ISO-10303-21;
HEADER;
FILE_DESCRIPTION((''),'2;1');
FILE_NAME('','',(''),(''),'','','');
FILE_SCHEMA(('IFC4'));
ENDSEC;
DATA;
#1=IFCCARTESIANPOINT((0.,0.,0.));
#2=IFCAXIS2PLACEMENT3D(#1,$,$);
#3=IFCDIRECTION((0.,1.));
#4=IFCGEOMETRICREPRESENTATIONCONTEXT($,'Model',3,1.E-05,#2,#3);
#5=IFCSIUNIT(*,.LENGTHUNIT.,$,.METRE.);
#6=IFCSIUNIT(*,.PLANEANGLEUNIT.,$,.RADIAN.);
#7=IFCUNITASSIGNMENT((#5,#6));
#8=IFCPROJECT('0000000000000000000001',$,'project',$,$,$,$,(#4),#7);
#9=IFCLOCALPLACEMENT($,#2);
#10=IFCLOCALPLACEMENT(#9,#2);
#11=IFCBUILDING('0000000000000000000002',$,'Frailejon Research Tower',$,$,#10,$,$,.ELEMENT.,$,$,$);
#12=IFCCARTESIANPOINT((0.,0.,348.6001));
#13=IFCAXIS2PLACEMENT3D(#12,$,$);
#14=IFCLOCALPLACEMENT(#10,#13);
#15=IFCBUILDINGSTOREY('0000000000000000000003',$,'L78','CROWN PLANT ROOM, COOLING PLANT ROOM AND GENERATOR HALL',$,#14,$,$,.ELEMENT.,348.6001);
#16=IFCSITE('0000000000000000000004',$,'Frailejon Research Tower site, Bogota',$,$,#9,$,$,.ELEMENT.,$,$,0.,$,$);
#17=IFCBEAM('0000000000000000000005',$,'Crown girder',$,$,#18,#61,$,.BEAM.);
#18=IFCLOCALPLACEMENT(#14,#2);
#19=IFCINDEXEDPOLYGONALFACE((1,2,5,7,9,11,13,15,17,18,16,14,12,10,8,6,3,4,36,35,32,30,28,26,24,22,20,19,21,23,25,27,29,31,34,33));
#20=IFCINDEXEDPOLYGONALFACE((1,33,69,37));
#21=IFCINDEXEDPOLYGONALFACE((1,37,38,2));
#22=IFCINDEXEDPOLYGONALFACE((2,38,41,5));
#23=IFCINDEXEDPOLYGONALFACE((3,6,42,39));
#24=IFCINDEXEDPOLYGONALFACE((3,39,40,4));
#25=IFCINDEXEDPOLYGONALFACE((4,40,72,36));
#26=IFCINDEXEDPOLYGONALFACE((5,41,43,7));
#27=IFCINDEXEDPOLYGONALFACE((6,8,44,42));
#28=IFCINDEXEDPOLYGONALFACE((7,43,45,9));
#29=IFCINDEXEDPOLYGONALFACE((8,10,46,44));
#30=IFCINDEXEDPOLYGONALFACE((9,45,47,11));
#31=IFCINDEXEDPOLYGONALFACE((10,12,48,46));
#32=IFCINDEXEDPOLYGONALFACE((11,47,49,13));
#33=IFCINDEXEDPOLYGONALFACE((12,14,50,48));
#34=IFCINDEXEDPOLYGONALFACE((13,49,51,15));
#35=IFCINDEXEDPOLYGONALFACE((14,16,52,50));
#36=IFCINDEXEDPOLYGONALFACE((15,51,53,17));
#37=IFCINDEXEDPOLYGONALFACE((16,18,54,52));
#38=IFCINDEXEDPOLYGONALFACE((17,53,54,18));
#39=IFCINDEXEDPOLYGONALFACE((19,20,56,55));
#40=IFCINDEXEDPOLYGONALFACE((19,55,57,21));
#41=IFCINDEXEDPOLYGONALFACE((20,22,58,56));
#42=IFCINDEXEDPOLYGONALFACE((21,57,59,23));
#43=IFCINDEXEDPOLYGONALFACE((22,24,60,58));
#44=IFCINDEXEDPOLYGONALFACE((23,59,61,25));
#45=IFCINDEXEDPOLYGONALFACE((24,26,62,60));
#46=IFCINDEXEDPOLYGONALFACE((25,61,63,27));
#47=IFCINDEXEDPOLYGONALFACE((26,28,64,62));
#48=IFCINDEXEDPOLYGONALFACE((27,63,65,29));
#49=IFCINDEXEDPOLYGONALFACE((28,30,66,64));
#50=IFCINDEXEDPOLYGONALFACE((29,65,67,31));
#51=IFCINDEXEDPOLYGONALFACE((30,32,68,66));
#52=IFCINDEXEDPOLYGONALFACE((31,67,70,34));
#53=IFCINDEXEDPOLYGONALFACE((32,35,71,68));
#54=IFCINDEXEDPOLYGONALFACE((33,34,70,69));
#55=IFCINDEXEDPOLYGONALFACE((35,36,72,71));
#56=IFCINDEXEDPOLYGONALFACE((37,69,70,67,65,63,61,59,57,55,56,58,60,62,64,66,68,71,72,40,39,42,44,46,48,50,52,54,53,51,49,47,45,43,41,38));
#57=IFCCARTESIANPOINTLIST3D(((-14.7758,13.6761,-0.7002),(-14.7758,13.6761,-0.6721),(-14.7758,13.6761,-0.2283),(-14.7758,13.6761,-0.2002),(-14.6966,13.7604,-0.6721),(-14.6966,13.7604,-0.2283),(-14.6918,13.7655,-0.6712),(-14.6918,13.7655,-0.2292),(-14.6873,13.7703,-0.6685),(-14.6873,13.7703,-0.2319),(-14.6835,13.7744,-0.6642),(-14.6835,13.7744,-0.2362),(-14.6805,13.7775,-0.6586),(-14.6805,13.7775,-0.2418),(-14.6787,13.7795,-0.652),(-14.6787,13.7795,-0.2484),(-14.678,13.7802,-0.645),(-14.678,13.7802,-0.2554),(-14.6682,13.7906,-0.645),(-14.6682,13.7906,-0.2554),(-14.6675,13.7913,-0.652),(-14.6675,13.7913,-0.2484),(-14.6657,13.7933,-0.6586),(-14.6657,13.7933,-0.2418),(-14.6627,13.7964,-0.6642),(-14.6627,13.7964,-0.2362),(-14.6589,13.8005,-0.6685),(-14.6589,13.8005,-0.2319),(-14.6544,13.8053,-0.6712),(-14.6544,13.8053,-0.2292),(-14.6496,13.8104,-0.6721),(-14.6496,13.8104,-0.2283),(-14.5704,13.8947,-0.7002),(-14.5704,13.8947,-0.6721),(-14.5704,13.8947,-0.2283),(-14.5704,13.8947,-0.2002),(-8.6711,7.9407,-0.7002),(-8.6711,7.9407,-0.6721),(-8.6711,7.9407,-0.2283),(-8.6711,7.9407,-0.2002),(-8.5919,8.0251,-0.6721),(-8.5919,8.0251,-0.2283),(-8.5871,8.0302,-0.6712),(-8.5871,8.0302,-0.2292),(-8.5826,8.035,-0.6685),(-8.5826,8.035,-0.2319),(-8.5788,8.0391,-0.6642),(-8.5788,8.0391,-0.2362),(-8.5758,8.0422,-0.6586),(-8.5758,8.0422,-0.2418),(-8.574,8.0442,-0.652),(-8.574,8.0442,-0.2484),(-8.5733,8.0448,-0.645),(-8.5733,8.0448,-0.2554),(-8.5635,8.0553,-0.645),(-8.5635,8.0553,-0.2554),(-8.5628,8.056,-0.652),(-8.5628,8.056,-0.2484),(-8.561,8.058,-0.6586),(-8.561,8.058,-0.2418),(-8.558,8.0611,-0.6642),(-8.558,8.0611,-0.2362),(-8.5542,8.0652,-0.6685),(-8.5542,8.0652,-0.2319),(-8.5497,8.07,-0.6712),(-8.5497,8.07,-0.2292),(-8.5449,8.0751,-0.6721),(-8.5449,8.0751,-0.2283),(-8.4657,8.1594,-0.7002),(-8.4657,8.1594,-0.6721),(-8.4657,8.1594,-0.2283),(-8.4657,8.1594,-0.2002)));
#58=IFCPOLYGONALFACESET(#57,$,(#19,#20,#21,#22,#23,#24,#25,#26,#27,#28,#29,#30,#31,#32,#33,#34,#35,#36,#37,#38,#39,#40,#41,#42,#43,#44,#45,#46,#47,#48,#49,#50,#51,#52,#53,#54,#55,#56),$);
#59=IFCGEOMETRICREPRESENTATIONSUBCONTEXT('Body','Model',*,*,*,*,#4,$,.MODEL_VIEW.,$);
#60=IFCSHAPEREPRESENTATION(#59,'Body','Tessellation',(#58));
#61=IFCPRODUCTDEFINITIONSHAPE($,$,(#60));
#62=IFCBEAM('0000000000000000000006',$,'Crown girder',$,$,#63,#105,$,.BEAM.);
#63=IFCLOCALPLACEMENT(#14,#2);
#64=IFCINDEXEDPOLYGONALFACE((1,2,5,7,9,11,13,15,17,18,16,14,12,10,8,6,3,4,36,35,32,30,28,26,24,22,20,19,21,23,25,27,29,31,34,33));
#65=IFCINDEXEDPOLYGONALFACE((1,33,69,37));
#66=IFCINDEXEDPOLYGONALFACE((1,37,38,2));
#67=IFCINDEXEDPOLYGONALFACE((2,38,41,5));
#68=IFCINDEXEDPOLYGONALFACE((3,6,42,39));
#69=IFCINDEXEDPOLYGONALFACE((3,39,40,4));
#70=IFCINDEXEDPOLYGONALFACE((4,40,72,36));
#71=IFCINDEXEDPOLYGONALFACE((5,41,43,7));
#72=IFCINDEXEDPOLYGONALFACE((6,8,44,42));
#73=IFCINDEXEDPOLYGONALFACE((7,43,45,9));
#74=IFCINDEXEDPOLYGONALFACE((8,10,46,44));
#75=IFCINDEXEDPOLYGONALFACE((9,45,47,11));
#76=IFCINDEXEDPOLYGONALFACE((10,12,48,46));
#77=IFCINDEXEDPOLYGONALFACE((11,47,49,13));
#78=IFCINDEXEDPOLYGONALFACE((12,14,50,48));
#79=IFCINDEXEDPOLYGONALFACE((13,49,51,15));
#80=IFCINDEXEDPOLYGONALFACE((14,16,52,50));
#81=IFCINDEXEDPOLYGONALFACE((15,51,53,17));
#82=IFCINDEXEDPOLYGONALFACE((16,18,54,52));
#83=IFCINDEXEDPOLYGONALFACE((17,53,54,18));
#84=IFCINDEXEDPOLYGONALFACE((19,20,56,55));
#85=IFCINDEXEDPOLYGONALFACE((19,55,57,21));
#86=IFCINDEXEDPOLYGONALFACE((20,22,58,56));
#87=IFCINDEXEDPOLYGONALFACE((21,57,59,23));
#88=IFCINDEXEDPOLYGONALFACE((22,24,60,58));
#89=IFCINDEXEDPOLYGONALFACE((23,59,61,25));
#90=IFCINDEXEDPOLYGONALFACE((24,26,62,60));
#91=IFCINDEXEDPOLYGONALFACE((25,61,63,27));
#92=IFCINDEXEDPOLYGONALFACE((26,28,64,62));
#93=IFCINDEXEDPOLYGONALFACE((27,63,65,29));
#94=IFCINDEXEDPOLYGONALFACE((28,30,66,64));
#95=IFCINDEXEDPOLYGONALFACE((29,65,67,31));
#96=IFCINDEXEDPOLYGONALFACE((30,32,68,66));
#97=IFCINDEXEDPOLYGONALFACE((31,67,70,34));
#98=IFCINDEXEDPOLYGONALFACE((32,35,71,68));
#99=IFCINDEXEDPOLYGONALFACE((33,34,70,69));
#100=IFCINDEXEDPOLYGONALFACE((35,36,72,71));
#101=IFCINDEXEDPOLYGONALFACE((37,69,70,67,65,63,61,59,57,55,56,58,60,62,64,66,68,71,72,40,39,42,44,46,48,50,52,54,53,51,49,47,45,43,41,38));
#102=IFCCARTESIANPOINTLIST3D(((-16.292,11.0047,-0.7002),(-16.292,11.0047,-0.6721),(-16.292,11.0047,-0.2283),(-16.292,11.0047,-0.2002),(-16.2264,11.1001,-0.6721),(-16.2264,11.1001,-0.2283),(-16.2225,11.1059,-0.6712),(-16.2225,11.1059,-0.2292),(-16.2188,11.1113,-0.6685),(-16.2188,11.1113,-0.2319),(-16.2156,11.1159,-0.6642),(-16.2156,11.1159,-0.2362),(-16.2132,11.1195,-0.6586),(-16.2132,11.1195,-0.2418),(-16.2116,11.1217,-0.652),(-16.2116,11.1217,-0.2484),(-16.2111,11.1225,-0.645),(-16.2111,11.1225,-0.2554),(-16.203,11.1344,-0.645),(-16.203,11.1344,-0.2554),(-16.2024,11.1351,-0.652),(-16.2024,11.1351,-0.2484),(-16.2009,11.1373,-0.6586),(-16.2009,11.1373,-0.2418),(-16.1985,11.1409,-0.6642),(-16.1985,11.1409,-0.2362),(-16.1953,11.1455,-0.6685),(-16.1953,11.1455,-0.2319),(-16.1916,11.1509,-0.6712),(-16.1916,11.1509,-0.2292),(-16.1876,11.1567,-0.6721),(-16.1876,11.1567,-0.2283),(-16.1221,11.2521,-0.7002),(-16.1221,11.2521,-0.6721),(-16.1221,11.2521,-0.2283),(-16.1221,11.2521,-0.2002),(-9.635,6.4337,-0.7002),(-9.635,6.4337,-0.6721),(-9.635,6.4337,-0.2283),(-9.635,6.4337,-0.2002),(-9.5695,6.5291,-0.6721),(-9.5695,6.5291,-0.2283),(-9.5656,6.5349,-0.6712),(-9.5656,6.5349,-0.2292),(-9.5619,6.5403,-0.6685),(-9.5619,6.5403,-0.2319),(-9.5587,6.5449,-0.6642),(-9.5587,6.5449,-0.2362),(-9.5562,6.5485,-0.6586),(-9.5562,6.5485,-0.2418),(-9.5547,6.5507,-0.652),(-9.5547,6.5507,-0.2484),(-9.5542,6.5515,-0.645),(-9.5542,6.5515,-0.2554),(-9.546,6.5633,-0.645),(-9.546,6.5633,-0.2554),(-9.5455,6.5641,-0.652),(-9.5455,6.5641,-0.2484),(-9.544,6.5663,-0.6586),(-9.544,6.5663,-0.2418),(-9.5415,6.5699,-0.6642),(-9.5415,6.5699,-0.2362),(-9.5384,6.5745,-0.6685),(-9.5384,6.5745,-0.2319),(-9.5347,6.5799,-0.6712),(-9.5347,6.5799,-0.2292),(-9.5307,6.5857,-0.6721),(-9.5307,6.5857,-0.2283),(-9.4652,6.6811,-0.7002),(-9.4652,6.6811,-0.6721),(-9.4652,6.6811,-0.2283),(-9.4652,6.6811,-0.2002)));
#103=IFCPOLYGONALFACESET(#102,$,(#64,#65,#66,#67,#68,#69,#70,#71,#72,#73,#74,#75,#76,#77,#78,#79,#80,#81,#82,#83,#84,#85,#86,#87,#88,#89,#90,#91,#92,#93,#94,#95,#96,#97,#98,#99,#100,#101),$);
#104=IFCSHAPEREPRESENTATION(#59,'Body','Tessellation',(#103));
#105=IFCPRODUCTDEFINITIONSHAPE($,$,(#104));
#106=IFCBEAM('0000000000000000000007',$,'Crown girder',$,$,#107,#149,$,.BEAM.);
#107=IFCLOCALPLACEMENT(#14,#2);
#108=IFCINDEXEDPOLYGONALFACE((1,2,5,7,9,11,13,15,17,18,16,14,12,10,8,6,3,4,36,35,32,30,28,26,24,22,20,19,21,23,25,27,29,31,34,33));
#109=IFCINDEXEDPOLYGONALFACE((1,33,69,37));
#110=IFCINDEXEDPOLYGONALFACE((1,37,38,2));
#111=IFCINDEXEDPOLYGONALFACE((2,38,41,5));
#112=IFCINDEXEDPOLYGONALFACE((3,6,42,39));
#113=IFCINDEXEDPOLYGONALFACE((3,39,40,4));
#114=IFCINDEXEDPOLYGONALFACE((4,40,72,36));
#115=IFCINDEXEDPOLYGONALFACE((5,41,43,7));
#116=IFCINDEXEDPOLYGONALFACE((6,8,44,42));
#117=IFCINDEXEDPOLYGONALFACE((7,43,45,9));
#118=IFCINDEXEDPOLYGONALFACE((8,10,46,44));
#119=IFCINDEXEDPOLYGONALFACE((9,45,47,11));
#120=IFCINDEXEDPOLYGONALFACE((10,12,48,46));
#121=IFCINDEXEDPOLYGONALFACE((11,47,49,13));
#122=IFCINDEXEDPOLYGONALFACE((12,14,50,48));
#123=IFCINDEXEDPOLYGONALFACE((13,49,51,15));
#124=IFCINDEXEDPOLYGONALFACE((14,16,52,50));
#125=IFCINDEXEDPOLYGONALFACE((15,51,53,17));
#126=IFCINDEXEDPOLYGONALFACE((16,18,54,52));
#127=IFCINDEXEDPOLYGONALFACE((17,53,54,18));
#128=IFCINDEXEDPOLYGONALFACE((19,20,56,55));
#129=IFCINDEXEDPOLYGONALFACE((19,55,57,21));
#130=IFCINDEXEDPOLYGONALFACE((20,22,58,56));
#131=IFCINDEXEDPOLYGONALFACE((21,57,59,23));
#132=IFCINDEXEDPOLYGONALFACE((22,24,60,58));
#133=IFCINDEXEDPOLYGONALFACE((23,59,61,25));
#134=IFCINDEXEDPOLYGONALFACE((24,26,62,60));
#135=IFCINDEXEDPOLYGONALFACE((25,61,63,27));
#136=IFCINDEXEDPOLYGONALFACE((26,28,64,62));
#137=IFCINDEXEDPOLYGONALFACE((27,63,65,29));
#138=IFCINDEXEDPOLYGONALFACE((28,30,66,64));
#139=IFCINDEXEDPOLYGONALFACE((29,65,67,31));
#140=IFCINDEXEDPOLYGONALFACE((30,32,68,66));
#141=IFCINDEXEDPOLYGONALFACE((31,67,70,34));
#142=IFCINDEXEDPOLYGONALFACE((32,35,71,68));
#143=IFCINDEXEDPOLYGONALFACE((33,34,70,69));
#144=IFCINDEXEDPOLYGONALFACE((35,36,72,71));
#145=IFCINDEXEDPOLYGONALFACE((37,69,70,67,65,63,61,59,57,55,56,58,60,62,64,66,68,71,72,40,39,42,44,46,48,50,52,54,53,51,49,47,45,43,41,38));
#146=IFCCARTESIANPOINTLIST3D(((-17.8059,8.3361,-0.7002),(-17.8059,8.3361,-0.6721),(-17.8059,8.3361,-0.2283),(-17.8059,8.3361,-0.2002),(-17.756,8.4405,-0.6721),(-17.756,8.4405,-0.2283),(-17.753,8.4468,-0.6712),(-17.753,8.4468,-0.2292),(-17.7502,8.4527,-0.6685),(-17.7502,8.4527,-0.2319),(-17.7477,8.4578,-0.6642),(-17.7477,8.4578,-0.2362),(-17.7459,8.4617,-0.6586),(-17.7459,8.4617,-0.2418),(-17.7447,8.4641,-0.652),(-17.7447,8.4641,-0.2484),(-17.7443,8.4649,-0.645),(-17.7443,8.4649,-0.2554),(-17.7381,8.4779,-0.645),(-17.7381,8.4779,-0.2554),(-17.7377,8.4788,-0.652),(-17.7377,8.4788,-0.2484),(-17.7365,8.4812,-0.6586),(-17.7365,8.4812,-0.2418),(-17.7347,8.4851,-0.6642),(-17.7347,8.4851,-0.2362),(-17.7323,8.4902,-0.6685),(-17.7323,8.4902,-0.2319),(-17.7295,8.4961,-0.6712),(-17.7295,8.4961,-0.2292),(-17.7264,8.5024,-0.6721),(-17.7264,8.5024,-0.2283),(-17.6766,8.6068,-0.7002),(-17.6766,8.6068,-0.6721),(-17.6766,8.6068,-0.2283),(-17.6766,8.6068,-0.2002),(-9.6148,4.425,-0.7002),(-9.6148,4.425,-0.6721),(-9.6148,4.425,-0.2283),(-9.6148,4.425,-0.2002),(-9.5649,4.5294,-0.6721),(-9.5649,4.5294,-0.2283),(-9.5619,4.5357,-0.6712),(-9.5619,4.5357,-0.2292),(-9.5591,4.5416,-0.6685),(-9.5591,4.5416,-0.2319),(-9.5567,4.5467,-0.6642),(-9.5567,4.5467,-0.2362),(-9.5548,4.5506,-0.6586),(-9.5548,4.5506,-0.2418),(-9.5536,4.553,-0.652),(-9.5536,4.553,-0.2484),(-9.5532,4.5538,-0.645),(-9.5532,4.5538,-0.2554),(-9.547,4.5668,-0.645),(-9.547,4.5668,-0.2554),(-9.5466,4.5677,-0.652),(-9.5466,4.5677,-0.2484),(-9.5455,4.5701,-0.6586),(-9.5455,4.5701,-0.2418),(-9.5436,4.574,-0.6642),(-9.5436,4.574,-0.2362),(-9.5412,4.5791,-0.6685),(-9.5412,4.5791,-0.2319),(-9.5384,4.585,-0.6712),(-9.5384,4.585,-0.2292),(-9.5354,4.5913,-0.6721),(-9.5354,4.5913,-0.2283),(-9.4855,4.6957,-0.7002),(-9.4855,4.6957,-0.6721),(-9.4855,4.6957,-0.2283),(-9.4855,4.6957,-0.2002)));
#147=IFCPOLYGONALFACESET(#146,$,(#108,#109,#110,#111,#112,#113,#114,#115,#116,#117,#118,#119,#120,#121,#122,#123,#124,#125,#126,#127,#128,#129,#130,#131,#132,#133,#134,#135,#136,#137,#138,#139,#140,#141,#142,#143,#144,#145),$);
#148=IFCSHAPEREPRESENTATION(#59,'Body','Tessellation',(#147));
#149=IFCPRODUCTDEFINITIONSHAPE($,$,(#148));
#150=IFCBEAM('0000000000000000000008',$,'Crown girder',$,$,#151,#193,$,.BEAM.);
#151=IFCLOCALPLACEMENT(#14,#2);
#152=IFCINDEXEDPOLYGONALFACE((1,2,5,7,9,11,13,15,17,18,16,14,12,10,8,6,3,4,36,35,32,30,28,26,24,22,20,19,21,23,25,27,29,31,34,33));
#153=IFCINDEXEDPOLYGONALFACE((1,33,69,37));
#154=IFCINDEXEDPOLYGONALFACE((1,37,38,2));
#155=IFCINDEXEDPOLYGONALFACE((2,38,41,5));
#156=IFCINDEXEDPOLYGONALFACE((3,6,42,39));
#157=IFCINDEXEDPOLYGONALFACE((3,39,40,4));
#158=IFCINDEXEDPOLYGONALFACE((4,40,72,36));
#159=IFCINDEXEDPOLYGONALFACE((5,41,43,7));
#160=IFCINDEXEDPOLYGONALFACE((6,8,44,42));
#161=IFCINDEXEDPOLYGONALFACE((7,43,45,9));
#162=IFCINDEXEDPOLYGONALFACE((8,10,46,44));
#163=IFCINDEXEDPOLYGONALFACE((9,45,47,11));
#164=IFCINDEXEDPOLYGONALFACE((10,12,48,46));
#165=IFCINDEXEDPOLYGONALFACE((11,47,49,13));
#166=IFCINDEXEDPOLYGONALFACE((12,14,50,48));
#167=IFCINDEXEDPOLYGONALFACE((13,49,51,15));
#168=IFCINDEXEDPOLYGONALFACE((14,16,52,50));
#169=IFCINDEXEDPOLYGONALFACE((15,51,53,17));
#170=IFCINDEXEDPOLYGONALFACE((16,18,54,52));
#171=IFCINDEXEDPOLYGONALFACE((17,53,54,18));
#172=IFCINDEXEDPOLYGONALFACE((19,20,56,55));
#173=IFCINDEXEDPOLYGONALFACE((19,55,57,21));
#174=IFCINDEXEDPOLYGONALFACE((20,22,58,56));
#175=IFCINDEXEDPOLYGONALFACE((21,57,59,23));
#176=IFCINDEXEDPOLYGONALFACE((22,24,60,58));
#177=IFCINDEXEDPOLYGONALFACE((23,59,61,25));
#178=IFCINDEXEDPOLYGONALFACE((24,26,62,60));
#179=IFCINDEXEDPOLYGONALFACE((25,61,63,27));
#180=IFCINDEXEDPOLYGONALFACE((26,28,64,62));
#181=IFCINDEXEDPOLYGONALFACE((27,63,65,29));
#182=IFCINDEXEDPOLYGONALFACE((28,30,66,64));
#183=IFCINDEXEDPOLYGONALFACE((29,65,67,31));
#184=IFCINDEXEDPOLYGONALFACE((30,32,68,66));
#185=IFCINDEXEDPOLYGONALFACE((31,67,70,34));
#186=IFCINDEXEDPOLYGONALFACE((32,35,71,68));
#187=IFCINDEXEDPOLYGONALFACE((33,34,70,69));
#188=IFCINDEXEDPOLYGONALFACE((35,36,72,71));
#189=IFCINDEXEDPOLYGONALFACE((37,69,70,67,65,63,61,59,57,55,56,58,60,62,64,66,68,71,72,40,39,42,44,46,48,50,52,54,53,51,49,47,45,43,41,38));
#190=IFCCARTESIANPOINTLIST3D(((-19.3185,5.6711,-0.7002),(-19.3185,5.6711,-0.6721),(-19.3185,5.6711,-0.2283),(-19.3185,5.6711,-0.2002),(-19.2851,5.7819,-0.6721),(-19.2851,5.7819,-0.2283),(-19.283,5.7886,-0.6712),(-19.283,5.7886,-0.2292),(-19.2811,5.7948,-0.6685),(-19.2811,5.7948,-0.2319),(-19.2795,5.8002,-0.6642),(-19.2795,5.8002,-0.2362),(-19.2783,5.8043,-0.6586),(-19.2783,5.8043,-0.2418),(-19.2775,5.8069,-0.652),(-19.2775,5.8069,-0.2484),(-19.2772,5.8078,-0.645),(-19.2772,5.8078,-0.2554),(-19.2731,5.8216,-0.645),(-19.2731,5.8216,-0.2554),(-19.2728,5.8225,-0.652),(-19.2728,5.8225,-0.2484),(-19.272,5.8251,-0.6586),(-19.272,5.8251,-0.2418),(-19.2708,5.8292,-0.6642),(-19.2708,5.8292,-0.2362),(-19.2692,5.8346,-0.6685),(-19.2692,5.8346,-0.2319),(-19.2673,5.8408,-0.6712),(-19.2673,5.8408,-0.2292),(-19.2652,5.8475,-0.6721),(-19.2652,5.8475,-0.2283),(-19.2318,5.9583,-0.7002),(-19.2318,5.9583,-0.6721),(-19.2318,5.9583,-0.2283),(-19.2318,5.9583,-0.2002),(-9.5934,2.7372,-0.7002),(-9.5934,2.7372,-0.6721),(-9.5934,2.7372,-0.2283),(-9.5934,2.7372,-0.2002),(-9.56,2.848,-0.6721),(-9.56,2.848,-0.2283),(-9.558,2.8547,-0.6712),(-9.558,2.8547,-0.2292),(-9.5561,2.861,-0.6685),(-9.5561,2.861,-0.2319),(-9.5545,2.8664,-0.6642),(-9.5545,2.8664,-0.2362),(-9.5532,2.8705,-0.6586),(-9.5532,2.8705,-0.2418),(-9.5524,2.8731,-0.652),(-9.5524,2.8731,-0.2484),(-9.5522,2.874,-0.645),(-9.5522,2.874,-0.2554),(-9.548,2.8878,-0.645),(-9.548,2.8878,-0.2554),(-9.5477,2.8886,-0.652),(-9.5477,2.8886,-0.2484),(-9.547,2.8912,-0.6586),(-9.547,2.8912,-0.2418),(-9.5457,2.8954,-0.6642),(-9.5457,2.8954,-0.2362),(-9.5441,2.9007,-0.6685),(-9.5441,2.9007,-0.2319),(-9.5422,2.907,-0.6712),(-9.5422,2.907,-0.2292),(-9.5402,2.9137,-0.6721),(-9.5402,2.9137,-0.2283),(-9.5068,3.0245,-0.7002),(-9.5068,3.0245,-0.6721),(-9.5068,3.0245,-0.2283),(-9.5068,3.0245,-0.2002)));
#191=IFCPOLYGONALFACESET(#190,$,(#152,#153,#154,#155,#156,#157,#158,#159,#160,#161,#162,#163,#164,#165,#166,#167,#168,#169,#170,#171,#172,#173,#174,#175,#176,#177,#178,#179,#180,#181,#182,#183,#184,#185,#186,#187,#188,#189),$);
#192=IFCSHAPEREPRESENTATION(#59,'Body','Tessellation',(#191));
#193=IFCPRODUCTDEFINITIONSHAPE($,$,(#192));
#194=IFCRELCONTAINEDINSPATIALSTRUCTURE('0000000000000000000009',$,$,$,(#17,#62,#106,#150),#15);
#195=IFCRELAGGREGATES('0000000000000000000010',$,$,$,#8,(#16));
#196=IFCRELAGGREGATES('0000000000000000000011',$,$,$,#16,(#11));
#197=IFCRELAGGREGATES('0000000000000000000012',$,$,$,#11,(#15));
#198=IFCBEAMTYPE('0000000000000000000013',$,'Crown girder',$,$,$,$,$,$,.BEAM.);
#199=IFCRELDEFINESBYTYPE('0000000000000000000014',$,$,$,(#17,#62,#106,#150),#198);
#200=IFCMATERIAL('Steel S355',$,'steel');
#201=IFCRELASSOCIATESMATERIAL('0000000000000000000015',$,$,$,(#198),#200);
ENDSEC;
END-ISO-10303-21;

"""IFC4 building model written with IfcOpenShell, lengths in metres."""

from ifc_helpers import new_model, si_unit, direction, frame, origin, origin_2d, place, context, subcontext, project, spatial, i_section, extrude, material, material_profile, profile_set, type_object, element, save


model = new_model("IFC4")

# Units and contexts
model_context = context("Model", 3, precision=1e-05, world=origin(), true_north=direction((0.0, 1.0)))
body_context = subcontext(model_context, "Body", "Model", "MODEL_VIEW")
ifc_project = project(units=[si_unit("LENGTHUNIT", "METRE"), si_unit("PLANEANGLEUNIT", "RADIAN")], contexts=[model_context])

# Site, building, storey
site_placement = place(None, origin())
site = spatial("IfcSite", under=ifc_project, at=site_placement, Name="Frailejon Research Tower site, Bogota", CompositionType="ELEMENT", RefElevation=0.0)
building_placement = place(site_placement, origin())
building = spatial("IfcBuilding", under=site, at=building_placement, Name="Frailejon Research Tower", CompositionType="ELEMENT")
storey_placement = place(building_placement, frame((0.0, 0.0, 348.6001)))
storey = spatial("IfcBuildingStorey", under=building, at=storey_placement, Name="L78", Description="CROWN PLANT ROOM, COOLING PLANT ROOM AND GENERATOR HALL", CompositionType="ELEMENT", Elevation=348.6001)

# Beams
ifc_material_1 = material(Name="Steel S355", Category="steel")
ifc_material_profile_1 = material_profile(ifc_material_1, i_section(OverallWidth=0.3, OverallDepth=0.5, WebThickness=0.0144, FlangeThickness=0.0281, FilletRadius=0.0271, at=origin_2d()), Name="HE 500 B")
ifc_profile_set_1 = profile_set([ifc_material_profile_1], Name="Steel S355")
beam_type_1 = type_object("IfcBeamType", Name="Crown girder", PredefinedType="BEAM", material=ifc_profile_set_1)
beam_1_placement = place(storey_placement, frame((-14.6731, 13.7854, -0.4502), z_axis=(0.728812, -0.684713, 0.0), x_axis=(0.684713, 0.728812, 0.0)))
element("IfcBeam", 1, at=beam_1_placement, inside=storey, type_object=beam_type_1, Name="Crown girder", PredefinedType="BEAM", context=body_context, shape_type="SweptSolid", body=[
    extrude(i_section(OverallWidth=0.3, OverallDepth=0.5, WebThickness=0.0144, FlangeThickness=0.0281, FilletRadius=0.0271, at=origin_2d()), origin(), (0.0, 0.0, 1.0), 8.3762),
])
beam_2_placement = place(storey_placement, frame((-16.207, 11.1284, -0.4502), z_axis=(0.824367, -0.566055, 0.0), x_axis=(0.566055, 0.824367, 0.0)))
element("IfcBeam", 2, at=beam_2_placement, inside=storey, type_object=beam_type_1, Name="Crown girder", PredefinedType="BEAM", context=body_context, shape_type="SweptSolid", body=[
    extrude(i_section(OverallWidth=0.3, OverallDepth=0.5, WebThickness=0.0144, FlangeThickness=0.0281, FilletRadius=0.0271, at=origin_2d()), origin(), (0.0, 0.0, 1.0), 8.0752),
])
beam_3_placement = place(storey_placement, frame((-17.7412, 8.4714, -0.4502), z_axis=(0.902408, -0.430883, 0.0), x_axis=(0.430883, 0.902408, 0.0)))
element("IfcBeam", 3, at=beam_3_placement, inside=storey, type_object=beam_type_1, Name="Crown girder", PredefinedType="BEAM", context=body_context, shape_type="SweptSolid", body=[
    extrude(i_section(OverallWidth=0.3, OverallDepth=0.5, WebThickness=0.0144, FlangeThickness=0.0281, FilletRadius=0.0271, at=origin_2d()), origin(), (0.0, 0.0, 1.0), 9.0769),
])
beam_4_placement = place(storey_placement, frame((-19.2751, 5.8147, -0.4502), z_axis=(0.957383, -0.28882, 0.0), x_axis=(0.28882, 0.957383, 0.0)))
element("IfcBeam", 4, at=beam_4_placement, inside=storey, type_object=beam_type_1, Name="Crown girder", PredefinedType="BEAM", context=body_context, shape_type="SweptSolid", body=[
    extrude(i_section(OverallWidth=0.3, OverallDepth=0.5, WebThickness=0.0144, FlangeThickness=0.0281, FilletRadius=0.0271, at=origin_2d()), origin(), (0.0, 0.0, 1.0), 10.158),
])

save(model, "model.ifc")
